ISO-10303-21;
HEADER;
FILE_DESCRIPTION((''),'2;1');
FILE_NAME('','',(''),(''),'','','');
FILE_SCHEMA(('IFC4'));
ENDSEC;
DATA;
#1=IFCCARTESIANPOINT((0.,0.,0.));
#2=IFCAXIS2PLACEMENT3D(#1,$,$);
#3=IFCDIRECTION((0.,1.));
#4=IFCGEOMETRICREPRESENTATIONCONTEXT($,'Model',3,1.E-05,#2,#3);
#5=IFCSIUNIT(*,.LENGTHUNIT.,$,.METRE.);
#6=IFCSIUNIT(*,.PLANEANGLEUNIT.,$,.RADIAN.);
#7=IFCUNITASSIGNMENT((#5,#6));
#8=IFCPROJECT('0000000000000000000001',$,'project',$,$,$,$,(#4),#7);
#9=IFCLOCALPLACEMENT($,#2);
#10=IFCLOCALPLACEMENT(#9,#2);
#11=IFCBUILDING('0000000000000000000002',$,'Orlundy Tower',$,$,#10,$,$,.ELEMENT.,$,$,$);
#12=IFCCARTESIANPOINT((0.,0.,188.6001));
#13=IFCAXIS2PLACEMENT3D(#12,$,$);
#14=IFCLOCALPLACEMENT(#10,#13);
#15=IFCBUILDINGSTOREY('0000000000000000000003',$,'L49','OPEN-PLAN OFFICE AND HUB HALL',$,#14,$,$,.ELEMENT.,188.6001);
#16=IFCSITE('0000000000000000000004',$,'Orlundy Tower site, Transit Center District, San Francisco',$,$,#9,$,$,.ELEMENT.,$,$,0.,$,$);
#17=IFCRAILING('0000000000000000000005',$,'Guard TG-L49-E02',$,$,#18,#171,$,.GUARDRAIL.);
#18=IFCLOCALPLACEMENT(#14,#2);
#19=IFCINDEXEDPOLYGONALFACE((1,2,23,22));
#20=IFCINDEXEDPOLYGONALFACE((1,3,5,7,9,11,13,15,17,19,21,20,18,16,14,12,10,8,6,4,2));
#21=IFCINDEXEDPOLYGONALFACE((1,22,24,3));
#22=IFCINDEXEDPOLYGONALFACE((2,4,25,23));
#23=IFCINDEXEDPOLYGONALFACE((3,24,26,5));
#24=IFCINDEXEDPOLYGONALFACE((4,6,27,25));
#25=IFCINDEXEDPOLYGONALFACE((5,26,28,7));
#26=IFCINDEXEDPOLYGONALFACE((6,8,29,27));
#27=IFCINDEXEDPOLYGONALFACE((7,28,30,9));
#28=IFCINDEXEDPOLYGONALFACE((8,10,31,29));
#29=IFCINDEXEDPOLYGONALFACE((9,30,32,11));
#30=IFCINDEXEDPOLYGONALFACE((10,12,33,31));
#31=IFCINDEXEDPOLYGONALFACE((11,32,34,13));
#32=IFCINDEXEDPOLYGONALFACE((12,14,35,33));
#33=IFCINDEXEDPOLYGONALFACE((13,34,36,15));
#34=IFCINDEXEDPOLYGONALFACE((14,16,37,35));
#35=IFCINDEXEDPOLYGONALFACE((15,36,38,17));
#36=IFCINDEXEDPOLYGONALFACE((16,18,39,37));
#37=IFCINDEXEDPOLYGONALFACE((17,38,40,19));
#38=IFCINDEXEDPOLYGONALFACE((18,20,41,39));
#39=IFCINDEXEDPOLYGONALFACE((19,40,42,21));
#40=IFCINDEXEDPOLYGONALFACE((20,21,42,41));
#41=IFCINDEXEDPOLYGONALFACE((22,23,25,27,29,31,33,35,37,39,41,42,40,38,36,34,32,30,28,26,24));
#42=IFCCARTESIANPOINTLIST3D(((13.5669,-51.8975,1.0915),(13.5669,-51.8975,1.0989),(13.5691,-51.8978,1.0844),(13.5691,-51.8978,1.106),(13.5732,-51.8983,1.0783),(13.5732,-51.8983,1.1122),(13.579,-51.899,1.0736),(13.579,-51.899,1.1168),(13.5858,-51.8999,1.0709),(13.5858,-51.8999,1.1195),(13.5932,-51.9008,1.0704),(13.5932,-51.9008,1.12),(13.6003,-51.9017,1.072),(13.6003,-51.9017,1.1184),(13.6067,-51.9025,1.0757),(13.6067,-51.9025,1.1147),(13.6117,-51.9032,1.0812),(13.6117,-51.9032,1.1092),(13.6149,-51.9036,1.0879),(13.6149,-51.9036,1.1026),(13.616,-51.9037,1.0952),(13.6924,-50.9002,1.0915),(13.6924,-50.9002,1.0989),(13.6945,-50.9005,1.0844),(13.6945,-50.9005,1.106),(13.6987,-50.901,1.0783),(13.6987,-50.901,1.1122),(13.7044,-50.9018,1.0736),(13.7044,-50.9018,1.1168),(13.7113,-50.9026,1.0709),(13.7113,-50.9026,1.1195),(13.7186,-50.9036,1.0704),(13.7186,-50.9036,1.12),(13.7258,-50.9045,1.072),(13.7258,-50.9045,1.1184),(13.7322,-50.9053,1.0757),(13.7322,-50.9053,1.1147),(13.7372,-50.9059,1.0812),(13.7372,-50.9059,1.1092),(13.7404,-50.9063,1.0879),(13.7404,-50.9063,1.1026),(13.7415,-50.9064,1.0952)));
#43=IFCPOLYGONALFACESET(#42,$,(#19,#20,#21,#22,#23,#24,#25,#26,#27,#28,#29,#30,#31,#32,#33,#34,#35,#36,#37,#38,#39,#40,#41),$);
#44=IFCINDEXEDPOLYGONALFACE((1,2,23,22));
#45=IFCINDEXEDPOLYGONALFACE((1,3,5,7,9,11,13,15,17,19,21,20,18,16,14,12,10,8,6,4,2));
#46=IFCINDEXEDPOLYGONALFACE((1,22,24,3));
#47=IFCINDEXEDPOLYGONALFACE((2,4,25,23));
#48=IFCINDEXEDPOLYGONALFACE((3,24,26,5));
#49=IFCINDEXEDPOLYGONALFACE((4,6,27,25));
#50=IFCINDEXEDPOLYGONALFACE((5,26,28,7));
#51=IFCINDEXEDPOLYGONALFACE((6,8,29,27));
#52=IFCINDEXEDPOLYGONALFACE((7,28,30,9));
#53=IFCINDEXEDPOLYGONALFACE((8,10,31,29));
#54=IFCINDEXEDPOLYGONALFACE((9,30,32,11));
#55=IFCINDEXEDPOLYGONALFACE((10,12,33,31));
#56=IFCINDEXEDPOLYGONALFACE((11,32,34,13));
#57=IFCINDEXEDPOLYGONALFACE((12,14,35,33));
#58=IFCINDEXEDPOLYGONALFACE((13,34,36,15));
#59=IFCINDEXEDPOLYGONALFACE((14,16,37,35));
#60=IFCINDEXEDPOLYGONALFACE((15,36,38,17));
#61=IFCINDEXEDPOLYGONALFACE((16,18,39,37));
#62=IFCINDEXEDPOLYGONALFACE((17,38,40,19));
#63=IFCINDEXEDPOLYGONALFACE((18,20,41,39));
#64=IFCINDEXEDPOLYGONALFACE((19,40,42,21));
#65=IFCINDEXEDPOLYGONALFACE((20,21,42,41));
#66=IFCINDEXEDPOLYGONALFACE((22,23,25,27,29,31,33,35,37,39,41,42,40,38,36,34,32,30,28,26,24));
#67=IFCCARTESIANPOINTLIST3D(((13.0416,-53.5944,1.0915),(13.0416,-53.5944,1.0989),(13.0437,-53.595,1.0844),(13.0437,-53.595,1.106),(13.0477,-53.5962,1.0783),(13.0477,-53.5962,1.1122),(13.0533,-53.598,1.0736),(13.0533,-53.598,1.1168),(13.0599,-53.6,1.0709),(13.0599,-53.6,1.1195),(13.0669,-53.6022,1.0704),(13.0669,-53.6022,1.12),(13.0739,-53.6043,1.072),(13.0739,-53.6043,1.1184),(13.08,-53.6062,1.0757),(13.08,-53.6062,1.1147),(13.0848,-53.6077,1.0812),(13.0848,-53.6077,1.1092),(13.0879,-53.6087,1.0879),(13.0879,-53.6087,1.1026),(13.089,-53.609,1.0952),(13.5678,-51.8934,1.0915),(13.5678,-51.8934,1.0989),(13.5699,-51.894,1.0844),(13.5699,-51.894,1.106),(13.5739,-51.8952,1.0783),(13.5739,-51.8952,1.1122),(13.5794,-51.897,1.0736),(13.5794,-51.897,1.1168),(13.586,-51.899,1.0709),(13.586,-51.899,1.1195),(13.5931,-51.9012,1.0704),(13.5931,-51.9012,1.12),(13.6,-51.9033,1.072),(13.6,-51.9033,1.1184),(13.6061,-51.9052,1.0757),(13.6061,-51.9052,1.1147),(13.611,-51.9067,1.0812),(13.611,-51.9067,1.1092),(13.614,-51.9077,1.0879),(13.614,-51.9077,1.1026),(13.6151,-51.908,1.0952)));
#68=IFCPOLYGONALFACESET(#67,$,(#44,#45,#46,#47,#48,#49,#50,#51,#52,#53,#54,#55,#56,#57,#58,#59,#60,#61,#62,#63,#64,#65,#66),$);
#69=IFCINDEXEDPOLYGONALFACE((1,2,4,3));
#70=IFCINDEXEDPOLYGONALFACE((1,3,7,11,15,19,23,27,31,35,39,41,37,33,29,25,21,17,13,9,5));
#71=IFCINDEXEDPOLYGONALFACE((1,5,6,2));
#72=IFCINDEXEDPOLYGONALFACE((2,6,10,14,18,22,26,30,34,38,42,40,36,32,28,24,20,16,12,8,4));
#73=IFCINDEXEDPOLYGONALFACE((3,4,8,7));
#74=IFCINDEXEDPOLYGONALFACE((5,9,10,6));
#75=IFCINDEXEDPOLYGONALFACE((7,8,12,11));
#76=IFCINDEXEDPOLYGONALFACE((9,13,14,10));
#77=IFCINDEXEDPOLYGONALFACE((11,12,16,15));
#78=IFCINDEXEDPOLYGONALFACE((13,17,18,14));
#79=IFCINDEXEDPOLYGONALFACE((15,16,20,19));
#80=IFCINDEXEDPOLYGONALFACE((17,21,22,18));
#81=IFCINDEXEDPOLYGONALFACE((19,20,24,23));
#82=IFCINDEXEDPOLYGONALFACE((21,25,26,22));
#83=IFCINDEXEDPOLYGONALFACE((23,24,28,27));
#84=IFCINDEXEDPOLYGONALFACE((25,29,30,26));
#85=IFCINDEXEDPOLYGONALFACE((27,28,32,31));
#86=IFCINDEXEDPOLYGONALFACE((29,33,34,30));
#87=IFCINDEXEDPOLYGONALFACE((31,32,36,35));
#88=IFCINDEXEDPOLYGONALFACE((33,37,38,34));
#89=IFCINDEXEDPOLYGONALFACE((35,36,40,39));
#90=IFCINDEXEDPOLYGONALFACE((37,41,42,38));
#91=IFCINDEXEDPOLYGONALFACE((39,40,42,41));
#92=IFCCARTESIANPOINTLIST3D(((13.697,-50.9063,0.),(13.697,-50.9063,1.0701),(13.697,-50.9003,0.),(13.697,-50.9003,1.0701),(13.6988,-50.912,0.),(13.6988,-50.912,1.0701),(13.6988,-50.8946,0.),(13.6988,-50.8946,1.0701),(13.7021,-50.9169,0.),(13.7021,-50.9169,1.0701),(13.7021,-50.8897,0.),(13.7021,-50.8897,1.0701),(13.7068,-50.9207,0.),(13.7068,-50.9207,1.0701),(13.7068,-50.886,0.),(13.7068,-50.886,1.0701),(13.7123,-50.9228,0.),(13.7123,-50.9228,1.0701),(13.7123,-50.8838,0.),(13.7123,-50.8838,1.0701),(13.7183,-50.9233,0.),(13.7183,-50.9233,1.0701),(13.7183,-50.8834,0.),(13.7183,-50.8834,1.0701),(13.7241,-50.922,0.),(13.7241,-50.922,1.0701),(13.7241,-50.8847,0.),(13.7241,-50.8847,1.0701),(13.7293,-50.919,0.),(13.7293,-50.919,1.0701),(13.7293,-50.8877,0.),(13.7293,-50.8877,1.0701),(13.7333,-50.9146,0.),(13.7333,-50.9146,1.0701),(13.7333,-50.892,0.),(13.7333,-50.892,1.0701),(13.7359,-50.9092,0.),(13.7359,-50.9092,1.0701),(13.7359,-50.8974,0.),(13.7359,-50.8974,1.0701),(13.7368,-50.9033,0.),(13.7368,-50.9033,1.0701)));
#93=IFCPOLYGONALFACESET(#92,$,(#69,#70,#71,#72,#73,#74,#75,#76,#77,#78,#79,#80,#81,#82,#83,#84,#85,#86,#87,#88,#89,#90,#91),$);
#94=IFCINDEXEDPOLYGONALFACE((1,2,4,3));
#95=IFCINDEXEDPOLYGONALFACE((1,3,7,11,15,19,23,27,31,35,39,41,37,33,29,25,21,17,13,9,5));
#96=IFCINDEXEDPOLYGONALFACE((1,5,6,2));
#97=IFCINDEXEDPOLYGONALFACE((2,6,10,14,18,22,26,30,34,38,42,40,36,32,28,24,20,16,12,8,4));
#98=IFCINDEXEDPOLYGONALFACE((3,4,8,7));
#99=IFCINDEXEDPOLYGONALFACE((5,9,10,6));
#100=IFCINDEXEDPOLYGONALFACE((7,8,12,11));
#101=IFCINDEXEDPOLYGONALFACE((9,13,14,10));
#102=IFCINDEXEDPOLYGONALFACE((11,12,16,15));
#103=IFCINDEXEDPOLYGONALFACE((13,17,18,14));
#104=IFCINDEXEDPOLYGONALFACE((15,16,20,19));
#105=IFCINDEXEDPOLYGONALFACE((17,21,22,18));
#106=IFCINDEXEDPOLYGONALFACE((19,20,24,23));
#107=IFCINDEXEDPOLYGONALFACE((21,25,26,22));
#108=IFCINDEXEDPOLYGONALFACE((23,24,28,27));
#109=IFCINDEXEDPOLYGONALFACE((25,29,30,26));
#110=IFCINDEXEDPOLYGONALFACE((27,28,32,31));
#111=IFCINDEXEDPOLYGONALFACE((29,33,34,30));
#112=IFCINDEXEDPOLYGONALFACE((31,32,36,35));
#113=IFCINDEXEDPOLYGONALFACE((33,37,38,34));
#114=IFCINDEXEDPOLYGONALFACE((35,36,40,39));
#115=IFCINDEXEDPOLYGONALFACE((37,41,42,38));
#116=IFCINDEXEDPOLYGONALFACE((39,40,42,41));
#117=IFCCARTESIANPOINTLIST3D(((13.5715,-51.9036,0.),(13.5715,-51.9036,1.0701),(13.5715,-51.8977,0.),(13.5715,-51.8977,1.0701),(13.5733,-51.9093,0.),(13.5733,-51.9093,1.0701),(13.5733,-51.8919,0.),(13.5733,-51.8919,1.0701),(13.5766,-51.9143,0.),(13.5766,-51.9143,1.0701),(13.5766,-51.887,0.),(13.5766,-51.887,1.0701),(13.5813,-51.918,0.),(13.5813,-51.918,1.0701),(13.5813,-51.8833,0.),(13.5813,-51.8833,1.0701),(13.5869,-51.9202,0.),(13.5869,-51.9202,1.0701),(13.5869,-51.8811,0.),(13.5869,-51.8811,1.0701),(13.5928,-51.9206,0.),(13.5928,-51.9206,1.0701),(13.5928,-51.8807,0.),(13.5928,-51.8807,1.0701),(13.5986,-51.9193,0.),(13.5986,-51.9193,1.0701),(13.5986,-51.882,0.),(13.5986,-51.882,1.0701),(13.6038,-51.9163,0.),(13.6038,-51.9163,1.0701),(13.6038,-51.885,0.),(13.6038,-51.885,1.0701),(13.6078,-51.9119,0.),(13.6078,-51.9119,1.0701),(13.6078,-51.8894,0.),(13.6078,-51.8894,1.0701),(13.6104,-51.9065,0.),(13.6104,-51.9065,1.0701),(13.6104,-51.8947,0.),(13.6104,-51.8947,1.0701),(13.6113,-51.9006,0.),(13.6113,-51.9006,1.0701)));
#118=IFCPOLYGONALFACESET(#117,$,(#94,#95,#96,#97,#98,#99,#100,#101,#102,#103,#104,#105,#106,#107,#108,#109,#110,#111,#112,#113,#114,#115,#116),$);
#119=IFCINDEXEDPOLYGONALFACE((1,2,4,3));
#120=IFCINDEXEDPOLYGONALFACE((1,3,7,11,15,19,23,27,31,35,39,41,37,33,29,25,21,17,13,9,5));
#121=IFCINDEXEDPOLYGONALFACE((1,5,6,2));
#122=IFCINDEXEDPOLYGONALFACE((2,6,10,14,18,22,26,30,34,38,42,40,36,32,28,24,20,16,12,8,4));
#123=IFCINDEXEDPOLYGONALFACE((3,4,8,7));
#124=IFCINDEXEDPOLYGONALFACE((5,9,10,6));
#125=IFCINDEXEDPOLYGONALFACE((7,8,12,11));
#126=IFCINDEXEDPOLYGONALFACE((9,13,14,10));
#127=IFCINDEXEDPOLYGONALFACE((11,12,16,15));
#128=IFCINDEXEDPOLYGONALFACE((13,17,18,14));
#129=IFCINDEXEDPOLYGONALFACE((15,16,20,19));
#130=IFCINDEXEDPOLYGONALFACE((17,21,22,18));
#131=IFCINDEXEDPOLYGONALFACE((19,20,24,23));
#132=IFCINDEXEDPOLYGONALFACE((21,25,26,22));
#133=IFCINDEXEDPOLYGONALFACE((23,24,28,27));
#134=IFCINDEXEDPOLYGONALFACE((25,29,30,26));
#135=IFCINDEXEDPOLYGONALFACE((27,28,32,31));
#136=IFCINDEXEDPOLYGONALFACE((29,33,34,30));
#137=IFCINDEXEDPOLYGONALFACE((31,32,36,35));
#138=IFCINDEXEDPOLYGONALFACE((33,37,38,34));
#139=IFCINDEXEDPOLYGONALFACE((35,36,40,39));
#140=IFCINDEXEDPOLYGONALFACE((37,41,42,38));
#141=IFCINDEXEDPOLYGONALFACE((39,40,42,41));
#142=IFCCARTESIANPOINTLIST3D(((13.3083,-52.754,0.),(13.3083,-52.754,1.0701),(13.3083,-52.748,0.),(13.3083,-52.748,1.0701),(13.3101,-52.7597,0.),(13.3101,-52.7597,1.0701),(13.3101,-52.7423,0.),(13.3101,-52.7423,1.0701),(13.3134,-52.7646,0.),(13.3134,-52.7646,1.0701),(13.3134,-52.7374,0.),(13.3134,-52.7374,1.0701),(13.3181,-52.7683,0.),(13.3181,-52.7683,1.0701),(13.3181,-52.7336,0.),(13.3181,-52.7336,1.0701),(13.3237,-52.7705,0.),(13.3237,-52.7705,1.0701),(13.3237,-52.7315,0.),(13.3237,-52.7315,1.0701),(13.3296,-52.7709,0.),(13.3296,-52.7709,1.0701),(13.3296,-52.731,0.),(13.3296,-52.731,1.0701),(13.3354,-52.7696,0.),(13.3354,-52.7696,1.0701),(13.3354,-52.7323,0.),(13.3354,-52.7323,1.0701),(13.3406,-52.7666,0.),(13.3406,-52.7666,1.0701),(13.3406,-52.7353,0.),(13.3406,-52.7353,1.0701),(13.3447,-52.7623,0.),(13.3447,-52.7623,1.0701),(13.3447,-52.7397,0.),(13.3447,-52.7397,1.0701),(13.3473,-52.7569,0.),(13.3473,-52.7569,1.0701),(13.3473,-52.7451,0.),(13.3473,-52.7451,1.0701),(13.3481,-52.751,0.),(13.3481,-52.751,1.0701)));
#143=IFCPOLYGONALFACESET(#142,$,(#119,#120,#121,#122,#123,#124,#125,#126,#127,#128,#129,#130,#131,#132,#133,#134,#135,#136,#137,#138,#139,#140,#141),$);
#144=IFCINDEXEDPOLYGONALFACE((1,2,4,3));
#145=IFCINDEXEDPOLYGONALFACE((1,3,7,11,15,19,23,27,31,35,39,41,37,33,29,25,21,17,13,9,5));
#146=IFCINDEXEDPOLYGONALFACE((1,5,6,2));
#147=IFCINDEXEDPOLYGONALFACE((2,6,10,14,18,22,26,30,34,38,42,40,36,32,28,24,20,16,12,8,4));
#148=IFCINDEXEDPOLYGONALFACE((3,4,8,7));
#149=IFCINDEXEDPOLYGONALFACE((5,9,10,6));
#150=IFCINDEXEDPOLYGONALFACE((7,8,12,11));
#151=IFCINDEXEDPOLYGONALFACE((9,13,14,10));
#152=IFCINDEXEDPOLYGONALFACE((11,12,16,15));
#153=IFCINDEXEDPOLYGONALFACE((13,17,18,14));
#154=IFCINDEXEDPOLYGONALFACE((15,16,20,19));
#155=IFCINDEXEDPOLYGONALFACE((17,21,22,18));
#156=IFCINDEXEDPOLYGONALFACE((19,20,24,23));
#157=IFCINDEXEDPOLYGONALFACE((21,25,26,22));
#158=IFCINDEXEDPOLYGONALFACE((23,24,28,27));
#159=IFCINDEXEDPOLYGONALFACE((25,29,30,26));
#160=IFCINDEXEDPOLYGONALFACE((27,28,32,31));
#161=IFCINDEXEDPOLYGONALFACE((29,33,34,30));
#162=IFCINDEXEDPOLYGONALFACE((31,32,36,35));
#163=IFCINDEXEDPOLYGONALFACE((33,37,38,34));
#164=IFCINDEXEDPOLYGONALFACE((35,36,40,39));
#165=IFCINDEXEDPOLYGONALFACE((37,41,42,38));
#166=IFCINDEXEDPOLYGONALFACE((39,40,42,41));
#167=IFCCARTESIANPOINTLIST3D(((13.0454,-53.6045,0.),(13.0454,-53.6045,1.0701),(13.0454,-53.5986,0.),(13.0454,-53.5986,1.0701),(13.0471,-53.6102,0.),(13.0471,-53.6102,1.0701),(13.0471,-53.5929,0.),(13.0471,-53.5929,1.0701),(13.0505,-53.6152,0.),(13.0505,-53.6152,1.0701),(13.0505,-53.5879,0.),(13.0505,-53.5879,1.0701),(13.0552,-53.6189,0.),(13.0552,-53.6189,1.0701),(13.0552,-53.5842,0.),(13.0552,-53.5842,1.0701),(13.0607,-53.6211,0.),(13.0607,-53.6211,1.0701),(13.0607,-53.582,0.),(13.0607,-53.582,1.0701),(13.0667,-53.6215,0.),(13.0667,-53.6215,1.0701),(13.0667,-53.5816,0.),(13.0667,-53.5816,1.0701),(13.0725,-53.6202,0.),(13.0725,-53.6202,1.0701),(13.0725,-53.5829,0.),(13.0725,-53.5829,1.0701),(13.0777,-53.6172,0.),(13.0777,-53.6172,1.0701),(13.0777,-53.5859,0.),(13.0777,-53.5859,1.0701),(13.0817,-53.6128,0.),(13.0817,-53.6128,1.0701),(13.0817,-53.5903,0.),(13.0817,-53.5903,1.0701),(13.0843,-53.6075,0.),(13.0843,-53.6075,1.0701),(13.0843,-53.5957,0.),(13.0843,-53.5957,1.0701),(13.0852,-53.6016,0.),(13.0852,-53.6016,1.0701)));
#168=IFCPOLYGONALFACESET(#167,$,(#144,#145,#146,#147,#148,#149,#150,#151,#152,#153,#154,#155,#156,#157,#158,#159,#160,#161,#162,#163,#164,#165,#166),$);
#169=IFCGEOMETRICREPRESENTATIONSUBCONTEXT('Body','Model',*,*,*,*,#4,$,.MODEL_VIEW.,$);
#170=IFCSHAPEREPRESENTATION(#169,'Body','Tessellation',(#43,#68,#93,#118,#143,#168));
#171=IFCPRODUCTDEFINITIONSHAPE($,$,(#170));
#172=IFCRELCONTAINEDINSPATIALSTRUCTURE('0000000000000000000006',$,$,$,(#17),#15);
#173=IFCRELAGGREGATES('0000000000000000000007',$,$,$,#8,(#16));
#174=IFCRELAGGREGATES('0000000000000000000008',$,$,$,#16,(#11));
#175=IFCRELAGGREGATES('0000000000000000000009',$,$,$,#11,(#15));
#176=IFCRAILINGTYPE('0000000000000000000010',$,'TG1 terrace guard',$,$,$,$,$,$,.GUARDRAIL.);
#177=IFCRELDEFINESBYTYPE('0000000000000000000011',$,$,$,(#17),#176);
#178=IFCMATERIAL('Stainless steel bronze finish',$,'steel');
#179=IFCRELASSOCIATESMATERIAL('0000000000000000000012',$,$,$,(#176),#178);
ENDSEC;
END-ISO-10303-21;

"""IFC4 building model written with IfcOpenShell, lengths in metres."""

from ifc_helpers import new_model, si_unit, direction, frame, origin, origin_2d, place, context, subcontext, project, spatial, circle, extrude, material, type_object, element, save


model = new_model("IFC4")

# Units and contexts
model_context = context("Model", 3, precision=1e-05, world=origin(), true_north=direction((0.0, 1.0)))
body_context = subcontext(model_context, "Body", "Model", "MODEL_VIEW")
ifc_project = project(units=[si_unit("LENGTHUNIT", "METRE"), si_unit("PLANEANGLEUNIT", "RADIAN")], contexts=[model_context])

# Site, building, storey
site_placement = place(None, origin())
site = spatial("IfcSite", under=ifc_project, at=site_placement, Name="Orlundy Tower site, Transit Center District, San Francisco", CompositionType="ELEMENT", RefElevation=0.0)
building_placement = place(site_placement, origin())
building = spatial("IfcBuilding", under=site, at=building_placement, Name="Orlundy Tower", CompositionType="ELEMENT")
storey_placement = place(building_placement, frame((0.0, 0.0, 188.6001)))
storey = spatial("IfcBuildingStorey", under=building, at=storey_placement, Name="L49", Description="OPEN-PLAN OFFICE AND HUB HALL", CompositionType="ELEMENT", Elevation=188.6001)

# Railing
ifc_material_1 = material(Name="Stainless steel bronze finish", Category="steel")
railing_type = type_object("IfcRailingType", Name="TG1 terrace guard", PredefinedType="GUARDRAIL", material=ifc_material_1)
railing_1_placement = place(storey_placement, frame((13.7168, -50.9033, 0.0)))
element("IfcRailing", 1, at=railing_1_placement, inside=storey, type_object=railing_type, Name="Guard TG-L49-E02", PredefinedType="GUARDRAIL", context=body_context, shape_type="SweptSolid", body=[
    extrude(circle(Radius=0.0249, at=origin_2d()), frame((0.0, 0.0, 1.0952), z_axis=(-0.124842, -0.992177, 0.0), x_axis=(0.992177, -0.124842, 0.0)), (0.0, 0.0, 1.0), 1.0051),
    extrude(circle(Radius=0.0249, at=origin_2d()), frame((-0.1255, -0.9973, 1.0952), z_axis=(-0.295502, -0.955342, 0.0), x_axis=(0.955342, -0.295502, 0.0)), (0.0, 0.0, 1.0), 1.7805),
    extrude(circle(Radius=0.02, at=origin_2d()), origin(), (0.0, 0.0, 1.0), 1.0701),
    extrude(circle(Radius=0.02, at=origin_2d()), frame((-0.1255, -0.9973, 0.0)), (0.0, 0.0, 1.0), 1.0701),
    extrude(circle(Radius=0.02, at=origin_2d()), frame((-0.3887, -1.8477, 0.0)), (0.0, 0.0, 1.0), 1.0701),
    extrude(circle(Radius=0.02, at=origin_2d()), frame((-0.6516, -2.6982, 0.0)), (0.0, 0.0, 1.0), 1.0701),
])

save(model, "model.ifc")
